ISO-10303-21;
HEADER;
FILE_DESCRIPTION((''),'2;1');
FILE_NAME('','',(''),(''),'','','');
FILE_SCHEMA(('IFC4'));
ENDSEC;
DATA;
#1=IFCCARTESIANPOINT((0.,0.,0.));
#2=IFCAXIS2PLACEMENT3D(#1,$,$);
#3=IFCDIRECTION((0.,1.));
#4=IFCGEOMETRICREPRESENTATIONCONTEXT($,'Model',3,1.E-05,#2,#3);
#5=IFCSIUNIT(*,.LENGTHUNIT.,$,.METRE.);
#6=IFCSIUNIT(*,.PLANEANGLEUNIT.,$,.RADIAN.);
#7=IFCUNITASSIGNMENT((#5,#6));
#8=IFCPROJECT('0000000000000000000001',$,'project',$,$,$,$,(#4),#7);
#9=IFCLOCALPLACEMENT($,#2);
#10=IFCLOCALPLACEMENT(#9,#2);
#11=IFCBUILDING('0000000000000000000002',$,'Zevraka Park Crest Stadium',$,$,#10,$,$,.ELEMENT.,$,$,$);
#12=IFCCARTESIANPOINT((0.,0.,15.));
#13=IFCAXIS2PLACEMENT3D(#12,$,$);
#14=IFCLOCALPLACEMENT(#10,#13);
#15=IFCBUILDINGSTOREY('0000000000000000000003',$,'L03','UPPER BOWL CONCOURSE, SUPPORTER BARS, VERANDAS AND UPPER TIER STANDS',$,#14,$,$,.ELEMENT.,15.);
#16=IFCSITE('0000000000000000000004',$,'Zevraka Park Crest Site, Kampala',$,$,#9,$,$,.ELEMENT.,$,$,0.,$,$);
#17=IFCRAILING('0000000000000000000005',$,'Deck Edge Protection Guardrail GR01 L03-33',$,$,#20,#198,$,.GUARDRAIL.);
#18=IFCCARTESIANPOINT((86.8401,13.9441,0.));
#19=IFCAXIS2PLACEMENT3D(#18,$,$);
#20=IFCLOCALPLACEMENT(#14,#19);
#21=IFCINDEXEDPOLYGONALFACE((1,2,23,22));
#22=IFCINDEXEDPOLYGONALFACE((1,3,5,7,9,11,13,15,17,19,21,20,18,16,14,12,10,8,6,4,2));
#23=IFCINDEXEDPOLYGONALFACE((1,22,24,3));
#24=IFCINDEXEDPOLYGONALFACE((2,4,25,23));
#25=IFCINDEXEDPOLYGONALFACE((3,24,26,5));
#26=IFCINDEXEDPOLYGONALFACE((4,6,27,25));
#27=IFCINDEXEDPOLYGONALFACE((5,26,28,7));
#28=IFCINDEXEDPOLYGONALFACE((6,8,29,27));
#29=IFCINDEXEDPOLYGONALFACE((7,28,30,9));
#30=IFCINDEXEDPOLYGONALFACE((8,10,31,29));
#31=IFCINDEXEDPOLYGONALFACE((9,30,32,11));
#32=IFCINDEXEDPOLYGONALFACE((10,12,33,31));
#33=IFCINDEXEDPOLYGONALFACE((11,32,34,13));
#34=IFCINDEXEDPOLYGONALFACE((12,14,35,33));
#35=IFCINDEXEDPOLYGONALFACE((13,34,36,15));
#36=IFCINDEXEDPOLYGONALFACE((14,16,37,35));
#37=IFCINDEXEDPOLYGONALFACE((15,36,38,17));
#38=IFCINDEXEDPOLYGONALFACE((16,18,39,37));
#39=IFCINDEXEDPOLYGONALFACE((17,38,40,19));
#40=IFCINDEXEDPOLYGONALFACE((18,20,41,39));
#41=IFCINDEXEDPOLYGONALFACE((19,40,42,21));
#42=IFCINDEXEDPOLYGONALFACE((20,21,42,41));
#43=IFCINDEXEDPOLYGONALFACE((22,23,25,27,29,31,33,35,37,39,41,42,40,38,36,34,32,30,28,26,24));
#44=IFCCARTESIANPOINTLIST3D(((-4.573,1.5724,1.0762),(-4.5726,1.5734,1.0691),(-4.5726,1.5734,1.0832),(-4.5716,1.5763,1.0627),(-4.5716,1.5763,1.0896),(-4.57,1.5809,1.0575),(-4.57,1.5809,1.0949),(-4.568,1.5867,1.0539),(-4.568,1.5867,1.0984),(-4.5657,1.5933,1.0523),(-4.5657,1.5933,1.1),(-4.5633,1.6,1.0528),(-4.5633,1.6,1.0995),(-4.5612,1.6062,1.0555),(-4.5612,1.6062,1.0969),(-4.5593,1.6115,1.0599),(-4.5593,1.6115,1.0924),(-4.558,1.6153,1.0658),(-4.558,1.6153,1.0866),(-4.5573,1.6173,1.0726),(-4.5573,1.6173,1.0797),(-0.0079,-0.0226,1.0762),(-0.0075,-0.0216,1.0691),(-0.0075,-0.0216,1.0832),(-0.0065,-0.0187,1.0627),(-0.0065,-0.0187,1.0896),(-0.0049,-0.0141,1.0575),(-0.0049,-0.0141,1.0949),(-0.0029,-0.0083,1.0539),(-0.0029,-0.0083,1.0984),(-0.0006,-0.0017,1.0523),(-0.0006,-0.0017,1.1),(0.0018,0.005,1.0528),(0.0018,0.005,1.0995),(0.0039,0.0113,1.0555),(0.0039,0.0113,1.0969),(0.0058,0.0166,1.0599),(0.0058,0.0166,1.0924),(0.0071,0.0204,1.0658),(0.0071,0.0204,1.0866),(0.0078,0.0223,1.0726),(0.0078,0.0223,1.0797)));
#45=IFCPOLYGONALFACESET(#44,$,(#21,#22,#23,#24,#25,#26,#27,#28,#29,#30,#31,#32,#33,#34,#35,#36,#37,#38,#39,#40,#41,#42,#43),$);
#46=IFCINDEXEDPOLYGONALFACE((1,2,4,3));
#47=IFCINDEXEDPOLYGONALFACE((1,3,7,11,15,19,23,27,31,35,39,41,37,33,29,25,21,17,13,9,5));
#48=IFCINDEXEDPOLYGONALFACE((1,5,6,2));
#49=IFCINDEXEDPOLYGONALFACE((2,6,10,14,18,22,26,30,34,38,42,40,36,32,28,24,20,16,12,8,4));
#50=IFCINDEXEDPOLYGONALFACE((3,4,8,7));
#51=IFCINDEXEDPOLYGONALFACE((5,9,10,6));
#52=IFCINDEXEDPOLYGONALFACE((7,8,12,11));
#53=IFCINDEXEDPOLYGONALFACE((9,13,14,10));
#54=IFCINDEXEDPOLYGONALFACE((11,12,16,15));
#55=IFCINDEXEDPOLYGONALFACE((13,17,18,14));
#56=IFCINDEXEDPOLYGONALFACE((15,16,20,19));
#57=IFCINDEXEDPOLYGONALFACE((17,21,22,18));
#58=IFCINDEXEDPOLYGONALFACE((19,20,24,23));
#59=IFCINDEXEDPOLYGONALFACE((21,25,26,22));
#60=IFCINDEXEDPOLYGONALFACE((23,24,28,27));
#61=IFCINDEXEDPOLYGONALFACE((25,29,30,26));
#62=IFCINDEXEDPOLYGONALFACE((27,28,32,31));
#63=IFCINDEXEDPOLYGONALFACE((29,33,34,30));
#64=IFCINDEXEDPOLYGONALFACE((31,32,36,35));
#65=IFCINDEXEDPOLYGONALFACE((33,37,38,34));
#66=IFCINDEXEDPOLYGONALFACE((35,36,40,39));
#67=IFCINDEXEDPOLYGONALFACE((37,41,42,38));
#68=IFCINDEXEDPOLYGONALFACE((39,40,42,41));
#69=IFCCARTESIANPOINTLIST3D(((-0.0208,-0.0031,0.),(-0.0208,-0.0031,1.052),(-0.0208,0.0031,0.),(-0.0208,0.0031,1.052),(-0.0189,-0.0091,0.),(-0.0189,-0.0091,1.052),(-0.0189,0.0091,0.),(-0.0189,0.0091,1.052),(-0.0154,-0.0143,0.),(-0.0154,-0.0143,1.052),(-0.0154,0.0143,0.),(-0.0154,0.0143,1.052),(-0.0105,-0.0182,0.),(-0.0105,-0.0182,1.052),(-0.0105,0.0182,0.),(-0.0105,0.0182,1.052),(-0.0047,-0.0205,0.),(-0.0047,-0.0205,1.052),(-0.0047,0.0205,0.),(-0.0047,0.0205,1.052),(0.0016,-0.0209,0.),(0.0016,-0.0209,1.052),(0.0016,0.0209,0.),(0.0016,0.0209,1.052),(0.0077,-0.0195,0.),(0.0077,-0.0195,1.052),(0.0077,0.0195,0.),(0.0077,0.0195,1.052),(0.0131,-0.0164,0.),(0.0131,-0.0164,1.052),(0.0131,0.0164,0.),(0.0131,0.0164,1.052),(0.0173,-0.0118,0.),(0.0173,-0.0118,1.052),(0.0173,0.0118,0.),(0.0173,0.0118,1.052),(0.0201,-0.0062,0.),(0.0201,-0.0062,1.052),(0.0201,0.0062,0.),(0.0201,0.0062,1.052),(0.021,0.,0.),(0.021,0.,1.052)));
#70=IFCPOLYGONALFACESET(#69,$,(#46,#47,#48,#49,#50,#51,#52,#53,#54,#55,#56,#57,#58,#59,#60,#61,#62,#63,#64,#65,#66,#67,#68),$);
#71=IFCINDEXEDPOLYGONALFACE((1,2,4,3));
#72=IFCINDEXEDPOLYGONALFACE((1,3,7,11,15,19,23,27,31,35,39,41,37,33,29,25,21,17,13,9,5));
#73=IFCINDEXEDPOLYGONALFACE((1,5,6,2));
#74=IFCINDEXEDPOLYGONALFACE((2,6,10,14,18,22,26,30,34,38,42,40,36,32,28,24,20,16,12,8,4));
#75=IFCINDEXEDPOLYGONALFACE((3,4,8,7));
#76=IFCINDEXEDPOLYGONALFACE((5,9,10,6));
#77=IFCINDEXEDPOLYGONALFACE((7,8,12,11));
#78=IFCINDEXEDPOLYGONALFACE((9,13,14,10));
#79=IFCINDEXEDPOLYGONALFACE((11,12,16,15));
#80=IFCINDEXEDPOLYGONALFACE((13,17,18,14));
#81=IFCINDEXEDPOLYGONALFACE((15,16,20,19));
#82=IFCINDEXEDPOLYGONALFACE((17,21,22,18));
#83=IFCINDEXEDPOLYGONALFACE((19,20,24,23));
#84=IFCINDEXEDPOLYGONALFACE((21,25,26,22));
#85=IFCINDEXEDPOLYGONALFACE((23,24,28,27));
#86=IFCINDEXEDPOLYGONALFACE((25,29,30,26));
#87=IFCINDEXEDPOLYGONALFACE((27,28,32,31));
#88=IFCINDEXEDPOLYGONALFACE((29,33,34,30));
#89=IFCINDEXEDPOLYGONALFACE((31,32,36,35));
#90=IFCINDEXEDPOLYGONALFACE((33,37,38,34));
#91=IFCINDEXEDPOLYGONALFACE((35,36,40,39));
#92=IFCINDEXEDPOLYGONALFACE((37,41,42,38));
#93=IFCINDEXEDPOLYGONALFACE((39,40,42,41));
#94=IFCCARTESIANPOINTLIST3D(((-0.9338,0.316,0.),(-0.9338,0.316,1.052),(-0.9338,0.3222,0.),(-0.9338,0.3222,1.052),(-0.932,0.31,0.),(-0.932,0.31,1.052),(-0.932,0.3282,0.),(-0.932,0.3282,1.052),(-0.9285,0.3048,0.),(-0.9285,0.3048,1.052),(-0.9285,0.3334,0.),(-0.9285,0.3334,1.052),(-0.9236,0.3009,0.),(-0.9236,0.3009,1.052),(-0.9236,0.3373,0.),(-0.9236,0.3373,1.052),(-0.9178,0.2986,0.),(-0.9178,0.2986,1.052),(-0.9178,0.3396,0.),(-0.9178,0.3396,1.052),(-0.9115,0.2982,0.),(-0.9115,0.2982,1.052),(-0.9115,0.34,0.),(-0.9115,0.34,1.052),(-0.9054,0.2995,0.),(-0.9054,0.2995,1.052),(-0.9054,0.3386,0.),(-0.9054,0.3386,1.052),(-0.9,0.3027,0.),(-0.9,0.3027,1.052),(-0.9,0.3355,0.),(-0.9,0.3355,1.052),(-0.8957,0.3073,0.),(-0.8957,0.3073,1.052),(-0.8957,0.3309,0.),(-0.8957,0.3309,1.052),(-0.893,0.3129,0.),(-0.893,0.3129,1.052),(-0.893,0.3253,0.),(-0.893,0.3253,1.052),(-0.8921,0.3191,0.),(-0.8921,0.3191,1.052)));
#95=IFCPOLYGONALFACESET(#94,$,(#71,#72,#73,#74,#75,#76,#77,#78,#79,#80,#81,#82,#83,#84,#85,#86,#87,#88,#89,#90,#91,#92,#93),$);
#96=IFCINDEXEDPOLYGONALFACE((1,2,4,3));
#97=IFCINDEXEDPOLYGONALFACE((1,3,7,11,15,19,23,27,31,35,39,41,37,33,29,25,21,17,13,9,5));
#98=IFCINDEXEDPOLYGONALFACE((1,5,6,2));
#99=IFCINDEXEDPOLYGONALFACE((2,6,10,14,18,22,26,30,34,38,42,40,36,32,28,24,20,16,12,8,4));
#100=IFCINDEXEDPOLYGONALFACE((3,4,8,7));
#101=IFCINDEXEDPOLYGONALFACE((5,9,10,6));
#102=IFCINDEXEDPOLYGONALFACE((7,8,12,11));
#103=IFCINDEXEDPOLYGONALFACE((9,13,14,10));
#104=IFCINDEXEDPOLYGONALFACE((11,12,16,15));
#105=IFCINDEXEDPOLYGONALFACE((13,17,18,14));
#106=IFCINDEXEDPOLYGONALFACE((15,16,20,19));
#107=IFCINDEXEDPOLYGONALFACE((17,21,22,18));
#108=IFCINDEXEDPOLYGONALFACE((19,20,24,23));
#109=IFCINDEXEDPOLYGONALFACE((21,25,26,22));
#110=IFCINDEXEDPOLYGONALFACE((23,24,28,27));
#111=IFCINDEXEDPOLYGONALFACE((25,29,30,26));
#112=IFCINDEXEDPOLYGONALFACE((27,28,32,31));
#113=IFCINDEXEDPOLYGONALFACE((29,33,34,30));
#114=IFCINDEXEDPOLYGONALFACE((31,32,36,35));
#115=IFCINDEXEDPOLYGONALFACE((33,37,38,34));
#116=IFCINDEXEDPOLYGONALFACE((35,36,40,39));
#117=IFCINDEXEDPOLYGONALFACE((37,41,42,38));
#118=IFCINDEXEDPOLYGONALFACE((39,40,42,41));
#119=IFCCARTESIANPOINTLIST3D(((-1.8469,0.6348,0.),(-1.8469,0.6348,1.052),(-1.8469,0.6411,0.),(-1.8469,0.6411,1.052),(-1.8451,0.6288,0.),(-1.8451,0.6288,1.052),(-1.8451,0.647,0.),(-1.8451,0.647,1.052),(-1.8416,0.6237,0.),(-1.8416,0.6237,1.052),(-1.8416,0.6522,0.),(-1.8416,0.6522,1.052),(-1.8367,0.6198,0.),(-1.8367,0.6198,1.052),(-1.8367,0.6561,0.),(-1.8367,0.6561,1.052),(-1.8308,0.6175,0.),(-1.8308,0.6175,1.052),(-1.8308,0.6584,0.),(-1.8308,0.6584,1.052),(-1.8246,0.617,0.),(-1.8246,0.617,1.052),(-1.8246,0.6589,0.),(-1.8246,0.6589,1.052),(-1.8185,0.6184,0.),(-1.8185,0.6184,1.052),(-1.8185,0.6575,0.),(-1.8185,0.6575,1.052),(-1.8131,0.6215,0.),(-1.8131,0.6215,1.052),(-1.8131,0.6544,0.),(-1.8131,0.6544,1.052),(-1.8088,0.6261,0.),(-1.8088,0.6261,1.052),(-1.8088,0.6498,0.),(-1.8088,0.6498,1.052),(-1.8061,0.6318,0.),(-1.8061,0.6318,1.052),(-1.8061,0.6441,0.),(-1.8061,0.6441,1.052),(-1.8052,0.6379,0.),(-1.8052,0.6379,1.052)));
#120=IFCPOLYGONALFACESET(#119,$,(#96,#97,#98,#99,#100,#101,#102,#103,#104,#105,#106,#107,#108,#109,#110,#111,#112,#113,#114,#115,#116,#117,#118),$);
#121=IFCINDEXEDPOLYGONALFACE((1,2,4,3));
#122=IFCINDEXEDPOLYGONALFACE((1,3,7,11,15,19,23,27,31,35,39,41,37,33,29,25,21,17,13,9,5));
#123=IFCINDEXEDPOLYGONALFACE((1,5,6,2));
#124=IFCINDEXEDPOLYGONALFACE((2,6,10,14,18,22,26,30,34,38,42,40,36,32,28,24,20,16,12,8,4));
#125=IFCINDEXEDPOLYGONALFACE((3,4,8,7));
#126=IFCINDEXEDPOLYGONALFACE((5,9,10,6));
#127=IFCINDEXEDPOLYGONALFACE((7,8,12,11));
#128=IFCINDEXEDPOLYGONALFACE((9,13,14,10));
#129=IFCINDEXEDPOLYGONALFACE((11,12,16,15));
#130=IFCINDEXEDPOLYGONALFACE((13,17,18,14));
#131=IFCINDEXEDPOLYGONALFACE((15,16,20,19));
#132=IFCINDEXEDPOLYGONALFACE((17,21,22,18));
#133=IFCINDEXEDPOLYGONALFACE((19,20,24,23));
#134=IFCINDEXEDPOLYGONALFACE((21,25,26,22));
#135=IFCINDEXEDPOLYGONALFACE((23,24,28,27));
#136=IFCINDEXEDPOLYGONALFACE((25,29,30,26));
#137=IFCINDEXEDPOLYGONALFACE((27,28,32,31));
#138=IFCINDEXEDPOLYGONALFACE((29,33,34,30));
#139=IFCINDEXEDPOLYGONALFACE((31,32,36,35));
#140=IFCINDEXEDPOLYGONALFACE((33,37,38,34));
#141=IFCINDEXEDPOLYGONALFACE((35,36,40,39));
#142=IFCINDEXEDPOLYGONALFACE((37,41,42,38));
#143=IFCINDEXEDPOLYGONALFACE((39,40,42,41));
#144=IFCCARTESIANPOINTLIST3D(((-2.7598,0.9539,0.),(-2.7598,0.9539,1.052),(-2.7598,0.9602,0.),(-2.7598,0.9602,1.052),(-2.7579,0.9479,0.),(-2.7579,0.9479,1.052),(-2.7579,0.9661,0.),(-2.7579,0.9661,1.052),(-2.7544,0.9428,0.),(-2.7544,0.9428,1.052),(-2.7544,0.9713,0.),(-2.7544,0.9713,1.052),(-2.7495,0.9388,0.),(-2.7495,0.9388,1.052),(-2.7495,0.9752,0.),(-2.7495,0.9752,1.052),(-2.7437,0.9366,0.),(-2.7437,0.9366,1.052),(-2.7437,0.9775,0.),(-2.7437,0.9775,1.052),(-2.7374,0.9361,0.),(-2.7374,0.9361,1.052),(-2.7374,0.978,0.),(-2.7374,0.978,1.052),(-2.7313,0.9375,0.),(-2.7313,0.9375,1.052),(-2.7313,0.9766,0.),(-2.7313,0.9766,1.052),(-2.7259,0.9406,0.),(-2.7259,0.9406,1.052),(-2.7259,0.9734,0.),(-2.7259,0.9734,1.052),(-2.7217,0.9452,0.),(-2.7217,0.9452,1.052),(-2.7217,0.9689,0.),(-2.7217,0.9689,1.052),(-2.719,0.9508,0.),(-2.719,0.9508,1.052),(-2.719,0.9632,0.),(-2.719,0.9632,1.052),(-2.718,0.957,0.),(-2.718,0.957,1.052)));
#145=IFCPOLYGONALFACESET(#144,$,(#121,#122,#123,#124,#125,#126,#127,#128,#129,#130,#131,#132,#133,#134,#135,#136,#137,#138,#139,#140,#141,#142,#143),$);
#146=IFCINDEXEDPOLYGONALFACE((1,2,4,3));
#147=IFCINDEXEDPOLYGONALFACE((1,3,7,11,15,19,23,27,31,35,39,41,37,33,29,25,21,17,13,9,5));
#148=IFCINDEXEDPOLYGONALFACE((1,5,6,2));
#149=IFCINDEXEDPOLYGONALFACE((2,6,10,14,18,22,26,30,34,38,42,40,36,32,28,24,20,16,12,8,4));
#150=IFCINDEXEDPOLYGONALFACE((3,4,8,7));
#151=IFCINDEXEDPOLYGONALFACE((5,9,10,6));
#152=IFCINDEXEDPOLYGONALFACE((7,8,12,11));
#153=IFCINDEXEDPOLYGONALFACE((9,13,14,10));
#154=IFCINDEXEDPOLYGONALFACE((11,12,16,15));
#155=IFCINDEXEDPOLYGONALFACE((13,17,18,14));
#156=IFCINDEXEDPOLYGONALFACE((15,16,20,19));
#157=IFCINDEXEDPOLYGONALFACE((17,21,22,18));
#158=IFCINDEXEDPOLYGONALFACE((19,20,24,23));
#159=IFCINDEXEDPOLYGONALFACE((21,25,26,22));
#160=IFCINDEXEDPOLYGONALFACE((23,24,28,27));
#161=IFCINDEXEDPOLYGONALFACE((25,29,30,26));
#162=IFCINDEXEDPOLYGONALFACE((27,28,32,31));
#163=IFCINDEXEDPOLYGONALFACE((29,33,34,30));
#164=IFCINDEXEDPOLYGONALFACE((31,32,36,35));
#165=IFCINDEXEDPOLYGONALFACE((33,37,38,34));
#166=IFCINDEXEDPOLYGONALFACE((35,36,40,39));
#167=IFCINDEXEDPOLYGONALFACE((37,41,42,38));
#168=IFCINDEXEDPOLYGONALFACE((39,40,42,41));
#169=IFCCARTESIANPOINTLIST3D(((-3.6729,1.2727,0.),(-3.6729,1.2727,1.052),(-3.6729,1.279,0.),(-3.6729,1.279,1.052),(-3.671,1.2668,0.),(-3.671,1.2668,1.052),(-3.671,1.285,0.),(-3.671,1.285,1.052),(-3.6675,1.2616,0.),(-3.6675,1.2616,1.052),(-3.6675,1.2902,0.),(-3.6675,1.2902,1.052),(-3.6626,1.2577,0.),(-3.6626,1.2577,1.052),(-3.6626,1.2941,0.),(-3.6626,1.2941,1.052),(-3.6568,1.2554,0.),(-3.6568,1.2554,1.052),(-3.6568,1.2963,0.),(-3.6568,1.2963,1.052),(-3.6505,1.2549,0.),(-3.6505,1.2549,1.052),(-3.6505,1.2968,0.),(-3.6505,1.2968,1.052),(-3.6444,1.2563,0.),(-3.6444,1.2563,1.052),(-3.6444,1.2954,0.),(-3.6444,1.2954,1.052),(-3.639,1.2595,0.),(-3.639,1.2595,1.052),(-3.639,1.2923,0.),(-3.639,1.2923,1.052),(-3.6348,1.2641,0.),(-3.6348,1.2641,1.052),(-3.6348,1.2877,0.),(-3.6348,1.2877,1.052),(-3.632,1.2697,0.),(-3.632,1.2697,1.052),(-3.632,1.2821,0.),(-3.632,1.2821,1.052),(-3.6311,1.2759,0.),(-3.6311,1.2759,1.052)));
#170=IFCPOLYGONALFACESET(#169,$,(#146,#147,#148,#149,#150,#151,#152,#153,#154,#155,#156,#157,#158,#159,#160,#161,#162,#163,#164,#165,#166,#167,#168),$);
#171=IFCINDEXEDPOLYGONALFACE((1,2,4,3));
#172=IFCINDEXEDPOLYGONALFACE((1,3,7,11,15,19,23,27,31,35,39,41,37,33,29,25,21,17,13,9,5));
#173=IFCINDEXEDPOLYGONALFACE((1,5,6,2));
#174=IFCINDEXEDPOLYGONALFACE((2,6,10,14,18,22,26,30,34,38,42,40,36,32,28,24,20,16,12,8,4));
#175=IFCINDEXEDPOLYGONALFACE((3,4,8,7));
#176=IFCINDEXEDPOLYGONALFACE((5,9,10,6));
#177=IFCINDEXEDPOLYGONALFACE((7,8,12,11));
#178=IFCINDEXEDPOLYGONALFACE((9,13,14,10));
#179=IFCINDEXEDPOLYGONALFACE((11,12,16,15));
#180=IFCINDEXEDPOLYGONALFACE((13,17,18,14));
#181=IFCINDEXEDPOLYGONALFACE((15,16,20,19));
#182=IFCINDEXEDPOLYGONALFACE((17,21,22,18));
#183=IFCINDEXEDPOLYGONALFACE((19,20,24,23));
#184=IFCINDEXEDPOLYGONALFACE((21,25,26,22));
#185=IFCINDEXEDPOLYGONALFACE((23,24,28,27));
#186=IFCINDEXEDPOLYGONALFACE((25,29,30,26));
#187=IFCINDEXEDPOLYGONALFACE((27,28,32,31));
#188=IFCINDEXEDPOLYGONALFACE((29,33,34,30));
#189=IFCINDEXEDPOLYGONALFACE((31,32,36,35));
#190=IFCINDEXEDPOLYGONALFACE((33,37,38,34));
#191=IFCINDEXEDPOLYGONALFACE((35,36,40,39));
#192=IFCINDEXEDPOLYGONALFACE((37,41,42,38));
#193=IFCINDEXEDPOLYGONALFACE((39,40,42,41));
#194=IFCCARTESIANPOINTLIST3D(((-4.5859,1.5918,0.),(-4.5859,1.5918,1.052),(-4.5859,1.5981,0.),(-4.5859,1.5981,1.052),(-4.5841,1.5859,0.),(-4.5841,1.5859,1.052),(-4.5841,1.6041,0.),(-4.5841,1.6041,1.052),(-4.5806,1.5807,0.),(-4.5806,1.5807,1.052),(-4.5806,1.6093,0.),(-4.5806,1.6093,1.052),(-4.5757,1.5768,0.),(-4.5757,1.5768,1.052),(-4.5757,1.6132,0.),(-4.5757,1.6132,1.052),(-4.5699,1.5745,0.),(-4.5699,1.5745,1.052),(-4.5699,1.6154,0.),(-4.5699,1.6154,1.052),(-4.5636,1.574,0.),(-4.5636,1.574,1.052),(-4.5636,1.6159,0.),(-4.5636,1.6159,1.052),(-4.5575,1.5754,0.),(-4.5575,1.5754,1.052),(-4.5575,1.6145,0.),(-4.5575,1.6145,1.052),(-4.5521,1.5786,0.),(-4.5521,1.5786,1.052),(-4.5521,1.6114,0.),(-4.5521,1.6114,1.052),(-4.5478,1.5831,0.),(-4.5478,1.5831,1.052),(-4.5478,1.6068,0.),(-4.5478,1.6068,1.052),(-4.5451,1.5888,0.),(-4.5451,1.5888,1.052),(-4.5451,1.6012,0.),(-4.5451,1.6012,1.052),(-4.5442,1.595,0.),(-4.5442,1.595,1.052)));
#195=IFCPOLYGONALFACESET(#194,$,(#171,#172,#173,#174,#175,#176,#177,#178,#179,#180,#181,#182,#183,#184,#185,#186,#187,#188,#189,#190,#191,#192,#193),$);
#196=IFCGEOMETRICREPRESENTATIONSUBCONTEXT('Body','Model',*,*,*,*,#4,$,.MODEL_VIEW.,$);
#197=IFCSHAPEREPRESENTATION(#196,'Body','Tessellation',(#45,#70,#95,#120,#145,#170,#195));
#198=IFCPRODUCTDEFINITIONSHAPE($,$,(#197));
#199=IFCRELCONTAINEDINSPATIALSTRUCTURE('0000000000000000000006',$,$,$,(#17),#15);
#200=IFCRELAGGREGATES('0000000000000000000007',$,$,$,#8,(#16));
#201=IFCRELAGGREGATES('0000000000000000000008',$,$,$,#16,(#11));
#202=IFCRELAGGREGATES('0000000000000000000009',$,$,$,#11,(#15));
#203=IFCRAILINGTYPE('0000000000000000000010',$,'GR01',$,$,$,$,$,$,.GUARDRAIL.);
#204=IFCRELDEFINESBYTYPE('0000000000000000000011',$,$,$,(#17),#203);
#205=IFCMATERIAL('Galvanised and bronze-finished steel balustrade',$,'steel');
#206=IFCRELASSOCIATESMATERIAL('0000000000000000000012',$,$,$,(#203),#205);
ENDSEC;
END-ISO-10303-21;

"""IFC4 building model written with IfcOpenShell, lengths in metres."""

from ifc_helpers import new_model, si_unit, direction, frame, origin, origin_2d, place, context, subcontext, project, spatial, circle, extrude, material, type_object, element, save


model = new_model("IFC4")

# Units and contexts
model_context = context("Model", 3, precision=1e-05, world=origin(), true_north=direction((0.0, 1.0)))
body_context = subcontext(model_context, "Body", "Model", "MODEL_VIEW")
ifc_project = project(units=[si_unit("LENGTHUNIT", "METRE"), si_unit("PLANEANGLEUNIT", "RADIAN")], contexts=[model_context])

# Site, building, storey
site_placement = place(None, origin())
site = spatial("IfcSite", under=ifc_project, at=site_placement, Name="Zevraka Park Crest Site, Kampala", CompositionType="ELEMENT", RefElevation=0.0)
building_placement = place(site_placement, origin())
building = spatial("IfcBuilding", under=site, at=building_placement, Name="Zevraka Park Crest Stadium", CompositionType="ELEMENT")
storey_placement = place(building_placement, frame((0.0, 0.0, 15.0)))
storey = spatial("IfcBuildingStorey", under=building, at=storey_placement, Name="L03", Description="UPPER BOWL CONCOURSE, SUPPORTER BARS, VERANDAS AND UPPER TIER STANDS", CompositionType="ELEMENT", Elevation=15.0)

# Railing
ifc_material_1 = material(Name="Galvanised and bronze-finished steel balustrade", Category="steel")
railing_type = type_object("IfcRailingType", Name="GR01", PredefinedType="GUARDRAIL", material=ifc_material_1)
railing_placement = place(storey_placement, frame((86.8401, 13.9441, 0.0)))
element("IfcRailing", 1, at=railing_placement, inside=storey, type_object=railing_type, Name="Deck Edge Protection Guardrail GR01 L03-33", PredefinedType="GUARDRAIL", context=body_context, shape_type="SweptSolid", body=[
    extrude(circle(Radius=0.0239, at=origin_2d()), frame((0.0, 0.0, 1.0762), z_axis=(-0.944042, 0.329826, 0.0), x_axis=(-0.329826, -0.944042, 0.0)), (0.0, 0.0, 1.0), 4.8357),
    extrude(circle(Radius=0.021, at=origin_2d()), origin(), (0.0, 0.0, 1.0), 1.052),
    extrude(circle(Radius=0.021, at=origin_2d()), frame((-0.9131, 0.3191, 0.0)), (0.0, 0.0, 1.0), 1.052),
    extrude(circle(Radius=0.021, at=origin_2d()), frame((-1.8262, 0.6379, 0.0)), (0.0, 0.0, 1.0), 1.052),
    extrude(circle(Radius=0.021, at=origin_2d()), frame((-2.739, 0.957, 0.0)), (0.0, 0.0, 1.0), 1.052),
    extrude(circle(Radius=0.021, at=origin_2d()), frame((-3.6521, 1.2759, 0.0)), (0.0, 0.0, 1.0), 1.052),
    extrude(circle(Radius=0.021, at=origin_2d()), frame((-4.5652, 1.595, 0.0)), (0.0, 0.0, 1.0), 1.052),
])

save(model, "model.ifc")
